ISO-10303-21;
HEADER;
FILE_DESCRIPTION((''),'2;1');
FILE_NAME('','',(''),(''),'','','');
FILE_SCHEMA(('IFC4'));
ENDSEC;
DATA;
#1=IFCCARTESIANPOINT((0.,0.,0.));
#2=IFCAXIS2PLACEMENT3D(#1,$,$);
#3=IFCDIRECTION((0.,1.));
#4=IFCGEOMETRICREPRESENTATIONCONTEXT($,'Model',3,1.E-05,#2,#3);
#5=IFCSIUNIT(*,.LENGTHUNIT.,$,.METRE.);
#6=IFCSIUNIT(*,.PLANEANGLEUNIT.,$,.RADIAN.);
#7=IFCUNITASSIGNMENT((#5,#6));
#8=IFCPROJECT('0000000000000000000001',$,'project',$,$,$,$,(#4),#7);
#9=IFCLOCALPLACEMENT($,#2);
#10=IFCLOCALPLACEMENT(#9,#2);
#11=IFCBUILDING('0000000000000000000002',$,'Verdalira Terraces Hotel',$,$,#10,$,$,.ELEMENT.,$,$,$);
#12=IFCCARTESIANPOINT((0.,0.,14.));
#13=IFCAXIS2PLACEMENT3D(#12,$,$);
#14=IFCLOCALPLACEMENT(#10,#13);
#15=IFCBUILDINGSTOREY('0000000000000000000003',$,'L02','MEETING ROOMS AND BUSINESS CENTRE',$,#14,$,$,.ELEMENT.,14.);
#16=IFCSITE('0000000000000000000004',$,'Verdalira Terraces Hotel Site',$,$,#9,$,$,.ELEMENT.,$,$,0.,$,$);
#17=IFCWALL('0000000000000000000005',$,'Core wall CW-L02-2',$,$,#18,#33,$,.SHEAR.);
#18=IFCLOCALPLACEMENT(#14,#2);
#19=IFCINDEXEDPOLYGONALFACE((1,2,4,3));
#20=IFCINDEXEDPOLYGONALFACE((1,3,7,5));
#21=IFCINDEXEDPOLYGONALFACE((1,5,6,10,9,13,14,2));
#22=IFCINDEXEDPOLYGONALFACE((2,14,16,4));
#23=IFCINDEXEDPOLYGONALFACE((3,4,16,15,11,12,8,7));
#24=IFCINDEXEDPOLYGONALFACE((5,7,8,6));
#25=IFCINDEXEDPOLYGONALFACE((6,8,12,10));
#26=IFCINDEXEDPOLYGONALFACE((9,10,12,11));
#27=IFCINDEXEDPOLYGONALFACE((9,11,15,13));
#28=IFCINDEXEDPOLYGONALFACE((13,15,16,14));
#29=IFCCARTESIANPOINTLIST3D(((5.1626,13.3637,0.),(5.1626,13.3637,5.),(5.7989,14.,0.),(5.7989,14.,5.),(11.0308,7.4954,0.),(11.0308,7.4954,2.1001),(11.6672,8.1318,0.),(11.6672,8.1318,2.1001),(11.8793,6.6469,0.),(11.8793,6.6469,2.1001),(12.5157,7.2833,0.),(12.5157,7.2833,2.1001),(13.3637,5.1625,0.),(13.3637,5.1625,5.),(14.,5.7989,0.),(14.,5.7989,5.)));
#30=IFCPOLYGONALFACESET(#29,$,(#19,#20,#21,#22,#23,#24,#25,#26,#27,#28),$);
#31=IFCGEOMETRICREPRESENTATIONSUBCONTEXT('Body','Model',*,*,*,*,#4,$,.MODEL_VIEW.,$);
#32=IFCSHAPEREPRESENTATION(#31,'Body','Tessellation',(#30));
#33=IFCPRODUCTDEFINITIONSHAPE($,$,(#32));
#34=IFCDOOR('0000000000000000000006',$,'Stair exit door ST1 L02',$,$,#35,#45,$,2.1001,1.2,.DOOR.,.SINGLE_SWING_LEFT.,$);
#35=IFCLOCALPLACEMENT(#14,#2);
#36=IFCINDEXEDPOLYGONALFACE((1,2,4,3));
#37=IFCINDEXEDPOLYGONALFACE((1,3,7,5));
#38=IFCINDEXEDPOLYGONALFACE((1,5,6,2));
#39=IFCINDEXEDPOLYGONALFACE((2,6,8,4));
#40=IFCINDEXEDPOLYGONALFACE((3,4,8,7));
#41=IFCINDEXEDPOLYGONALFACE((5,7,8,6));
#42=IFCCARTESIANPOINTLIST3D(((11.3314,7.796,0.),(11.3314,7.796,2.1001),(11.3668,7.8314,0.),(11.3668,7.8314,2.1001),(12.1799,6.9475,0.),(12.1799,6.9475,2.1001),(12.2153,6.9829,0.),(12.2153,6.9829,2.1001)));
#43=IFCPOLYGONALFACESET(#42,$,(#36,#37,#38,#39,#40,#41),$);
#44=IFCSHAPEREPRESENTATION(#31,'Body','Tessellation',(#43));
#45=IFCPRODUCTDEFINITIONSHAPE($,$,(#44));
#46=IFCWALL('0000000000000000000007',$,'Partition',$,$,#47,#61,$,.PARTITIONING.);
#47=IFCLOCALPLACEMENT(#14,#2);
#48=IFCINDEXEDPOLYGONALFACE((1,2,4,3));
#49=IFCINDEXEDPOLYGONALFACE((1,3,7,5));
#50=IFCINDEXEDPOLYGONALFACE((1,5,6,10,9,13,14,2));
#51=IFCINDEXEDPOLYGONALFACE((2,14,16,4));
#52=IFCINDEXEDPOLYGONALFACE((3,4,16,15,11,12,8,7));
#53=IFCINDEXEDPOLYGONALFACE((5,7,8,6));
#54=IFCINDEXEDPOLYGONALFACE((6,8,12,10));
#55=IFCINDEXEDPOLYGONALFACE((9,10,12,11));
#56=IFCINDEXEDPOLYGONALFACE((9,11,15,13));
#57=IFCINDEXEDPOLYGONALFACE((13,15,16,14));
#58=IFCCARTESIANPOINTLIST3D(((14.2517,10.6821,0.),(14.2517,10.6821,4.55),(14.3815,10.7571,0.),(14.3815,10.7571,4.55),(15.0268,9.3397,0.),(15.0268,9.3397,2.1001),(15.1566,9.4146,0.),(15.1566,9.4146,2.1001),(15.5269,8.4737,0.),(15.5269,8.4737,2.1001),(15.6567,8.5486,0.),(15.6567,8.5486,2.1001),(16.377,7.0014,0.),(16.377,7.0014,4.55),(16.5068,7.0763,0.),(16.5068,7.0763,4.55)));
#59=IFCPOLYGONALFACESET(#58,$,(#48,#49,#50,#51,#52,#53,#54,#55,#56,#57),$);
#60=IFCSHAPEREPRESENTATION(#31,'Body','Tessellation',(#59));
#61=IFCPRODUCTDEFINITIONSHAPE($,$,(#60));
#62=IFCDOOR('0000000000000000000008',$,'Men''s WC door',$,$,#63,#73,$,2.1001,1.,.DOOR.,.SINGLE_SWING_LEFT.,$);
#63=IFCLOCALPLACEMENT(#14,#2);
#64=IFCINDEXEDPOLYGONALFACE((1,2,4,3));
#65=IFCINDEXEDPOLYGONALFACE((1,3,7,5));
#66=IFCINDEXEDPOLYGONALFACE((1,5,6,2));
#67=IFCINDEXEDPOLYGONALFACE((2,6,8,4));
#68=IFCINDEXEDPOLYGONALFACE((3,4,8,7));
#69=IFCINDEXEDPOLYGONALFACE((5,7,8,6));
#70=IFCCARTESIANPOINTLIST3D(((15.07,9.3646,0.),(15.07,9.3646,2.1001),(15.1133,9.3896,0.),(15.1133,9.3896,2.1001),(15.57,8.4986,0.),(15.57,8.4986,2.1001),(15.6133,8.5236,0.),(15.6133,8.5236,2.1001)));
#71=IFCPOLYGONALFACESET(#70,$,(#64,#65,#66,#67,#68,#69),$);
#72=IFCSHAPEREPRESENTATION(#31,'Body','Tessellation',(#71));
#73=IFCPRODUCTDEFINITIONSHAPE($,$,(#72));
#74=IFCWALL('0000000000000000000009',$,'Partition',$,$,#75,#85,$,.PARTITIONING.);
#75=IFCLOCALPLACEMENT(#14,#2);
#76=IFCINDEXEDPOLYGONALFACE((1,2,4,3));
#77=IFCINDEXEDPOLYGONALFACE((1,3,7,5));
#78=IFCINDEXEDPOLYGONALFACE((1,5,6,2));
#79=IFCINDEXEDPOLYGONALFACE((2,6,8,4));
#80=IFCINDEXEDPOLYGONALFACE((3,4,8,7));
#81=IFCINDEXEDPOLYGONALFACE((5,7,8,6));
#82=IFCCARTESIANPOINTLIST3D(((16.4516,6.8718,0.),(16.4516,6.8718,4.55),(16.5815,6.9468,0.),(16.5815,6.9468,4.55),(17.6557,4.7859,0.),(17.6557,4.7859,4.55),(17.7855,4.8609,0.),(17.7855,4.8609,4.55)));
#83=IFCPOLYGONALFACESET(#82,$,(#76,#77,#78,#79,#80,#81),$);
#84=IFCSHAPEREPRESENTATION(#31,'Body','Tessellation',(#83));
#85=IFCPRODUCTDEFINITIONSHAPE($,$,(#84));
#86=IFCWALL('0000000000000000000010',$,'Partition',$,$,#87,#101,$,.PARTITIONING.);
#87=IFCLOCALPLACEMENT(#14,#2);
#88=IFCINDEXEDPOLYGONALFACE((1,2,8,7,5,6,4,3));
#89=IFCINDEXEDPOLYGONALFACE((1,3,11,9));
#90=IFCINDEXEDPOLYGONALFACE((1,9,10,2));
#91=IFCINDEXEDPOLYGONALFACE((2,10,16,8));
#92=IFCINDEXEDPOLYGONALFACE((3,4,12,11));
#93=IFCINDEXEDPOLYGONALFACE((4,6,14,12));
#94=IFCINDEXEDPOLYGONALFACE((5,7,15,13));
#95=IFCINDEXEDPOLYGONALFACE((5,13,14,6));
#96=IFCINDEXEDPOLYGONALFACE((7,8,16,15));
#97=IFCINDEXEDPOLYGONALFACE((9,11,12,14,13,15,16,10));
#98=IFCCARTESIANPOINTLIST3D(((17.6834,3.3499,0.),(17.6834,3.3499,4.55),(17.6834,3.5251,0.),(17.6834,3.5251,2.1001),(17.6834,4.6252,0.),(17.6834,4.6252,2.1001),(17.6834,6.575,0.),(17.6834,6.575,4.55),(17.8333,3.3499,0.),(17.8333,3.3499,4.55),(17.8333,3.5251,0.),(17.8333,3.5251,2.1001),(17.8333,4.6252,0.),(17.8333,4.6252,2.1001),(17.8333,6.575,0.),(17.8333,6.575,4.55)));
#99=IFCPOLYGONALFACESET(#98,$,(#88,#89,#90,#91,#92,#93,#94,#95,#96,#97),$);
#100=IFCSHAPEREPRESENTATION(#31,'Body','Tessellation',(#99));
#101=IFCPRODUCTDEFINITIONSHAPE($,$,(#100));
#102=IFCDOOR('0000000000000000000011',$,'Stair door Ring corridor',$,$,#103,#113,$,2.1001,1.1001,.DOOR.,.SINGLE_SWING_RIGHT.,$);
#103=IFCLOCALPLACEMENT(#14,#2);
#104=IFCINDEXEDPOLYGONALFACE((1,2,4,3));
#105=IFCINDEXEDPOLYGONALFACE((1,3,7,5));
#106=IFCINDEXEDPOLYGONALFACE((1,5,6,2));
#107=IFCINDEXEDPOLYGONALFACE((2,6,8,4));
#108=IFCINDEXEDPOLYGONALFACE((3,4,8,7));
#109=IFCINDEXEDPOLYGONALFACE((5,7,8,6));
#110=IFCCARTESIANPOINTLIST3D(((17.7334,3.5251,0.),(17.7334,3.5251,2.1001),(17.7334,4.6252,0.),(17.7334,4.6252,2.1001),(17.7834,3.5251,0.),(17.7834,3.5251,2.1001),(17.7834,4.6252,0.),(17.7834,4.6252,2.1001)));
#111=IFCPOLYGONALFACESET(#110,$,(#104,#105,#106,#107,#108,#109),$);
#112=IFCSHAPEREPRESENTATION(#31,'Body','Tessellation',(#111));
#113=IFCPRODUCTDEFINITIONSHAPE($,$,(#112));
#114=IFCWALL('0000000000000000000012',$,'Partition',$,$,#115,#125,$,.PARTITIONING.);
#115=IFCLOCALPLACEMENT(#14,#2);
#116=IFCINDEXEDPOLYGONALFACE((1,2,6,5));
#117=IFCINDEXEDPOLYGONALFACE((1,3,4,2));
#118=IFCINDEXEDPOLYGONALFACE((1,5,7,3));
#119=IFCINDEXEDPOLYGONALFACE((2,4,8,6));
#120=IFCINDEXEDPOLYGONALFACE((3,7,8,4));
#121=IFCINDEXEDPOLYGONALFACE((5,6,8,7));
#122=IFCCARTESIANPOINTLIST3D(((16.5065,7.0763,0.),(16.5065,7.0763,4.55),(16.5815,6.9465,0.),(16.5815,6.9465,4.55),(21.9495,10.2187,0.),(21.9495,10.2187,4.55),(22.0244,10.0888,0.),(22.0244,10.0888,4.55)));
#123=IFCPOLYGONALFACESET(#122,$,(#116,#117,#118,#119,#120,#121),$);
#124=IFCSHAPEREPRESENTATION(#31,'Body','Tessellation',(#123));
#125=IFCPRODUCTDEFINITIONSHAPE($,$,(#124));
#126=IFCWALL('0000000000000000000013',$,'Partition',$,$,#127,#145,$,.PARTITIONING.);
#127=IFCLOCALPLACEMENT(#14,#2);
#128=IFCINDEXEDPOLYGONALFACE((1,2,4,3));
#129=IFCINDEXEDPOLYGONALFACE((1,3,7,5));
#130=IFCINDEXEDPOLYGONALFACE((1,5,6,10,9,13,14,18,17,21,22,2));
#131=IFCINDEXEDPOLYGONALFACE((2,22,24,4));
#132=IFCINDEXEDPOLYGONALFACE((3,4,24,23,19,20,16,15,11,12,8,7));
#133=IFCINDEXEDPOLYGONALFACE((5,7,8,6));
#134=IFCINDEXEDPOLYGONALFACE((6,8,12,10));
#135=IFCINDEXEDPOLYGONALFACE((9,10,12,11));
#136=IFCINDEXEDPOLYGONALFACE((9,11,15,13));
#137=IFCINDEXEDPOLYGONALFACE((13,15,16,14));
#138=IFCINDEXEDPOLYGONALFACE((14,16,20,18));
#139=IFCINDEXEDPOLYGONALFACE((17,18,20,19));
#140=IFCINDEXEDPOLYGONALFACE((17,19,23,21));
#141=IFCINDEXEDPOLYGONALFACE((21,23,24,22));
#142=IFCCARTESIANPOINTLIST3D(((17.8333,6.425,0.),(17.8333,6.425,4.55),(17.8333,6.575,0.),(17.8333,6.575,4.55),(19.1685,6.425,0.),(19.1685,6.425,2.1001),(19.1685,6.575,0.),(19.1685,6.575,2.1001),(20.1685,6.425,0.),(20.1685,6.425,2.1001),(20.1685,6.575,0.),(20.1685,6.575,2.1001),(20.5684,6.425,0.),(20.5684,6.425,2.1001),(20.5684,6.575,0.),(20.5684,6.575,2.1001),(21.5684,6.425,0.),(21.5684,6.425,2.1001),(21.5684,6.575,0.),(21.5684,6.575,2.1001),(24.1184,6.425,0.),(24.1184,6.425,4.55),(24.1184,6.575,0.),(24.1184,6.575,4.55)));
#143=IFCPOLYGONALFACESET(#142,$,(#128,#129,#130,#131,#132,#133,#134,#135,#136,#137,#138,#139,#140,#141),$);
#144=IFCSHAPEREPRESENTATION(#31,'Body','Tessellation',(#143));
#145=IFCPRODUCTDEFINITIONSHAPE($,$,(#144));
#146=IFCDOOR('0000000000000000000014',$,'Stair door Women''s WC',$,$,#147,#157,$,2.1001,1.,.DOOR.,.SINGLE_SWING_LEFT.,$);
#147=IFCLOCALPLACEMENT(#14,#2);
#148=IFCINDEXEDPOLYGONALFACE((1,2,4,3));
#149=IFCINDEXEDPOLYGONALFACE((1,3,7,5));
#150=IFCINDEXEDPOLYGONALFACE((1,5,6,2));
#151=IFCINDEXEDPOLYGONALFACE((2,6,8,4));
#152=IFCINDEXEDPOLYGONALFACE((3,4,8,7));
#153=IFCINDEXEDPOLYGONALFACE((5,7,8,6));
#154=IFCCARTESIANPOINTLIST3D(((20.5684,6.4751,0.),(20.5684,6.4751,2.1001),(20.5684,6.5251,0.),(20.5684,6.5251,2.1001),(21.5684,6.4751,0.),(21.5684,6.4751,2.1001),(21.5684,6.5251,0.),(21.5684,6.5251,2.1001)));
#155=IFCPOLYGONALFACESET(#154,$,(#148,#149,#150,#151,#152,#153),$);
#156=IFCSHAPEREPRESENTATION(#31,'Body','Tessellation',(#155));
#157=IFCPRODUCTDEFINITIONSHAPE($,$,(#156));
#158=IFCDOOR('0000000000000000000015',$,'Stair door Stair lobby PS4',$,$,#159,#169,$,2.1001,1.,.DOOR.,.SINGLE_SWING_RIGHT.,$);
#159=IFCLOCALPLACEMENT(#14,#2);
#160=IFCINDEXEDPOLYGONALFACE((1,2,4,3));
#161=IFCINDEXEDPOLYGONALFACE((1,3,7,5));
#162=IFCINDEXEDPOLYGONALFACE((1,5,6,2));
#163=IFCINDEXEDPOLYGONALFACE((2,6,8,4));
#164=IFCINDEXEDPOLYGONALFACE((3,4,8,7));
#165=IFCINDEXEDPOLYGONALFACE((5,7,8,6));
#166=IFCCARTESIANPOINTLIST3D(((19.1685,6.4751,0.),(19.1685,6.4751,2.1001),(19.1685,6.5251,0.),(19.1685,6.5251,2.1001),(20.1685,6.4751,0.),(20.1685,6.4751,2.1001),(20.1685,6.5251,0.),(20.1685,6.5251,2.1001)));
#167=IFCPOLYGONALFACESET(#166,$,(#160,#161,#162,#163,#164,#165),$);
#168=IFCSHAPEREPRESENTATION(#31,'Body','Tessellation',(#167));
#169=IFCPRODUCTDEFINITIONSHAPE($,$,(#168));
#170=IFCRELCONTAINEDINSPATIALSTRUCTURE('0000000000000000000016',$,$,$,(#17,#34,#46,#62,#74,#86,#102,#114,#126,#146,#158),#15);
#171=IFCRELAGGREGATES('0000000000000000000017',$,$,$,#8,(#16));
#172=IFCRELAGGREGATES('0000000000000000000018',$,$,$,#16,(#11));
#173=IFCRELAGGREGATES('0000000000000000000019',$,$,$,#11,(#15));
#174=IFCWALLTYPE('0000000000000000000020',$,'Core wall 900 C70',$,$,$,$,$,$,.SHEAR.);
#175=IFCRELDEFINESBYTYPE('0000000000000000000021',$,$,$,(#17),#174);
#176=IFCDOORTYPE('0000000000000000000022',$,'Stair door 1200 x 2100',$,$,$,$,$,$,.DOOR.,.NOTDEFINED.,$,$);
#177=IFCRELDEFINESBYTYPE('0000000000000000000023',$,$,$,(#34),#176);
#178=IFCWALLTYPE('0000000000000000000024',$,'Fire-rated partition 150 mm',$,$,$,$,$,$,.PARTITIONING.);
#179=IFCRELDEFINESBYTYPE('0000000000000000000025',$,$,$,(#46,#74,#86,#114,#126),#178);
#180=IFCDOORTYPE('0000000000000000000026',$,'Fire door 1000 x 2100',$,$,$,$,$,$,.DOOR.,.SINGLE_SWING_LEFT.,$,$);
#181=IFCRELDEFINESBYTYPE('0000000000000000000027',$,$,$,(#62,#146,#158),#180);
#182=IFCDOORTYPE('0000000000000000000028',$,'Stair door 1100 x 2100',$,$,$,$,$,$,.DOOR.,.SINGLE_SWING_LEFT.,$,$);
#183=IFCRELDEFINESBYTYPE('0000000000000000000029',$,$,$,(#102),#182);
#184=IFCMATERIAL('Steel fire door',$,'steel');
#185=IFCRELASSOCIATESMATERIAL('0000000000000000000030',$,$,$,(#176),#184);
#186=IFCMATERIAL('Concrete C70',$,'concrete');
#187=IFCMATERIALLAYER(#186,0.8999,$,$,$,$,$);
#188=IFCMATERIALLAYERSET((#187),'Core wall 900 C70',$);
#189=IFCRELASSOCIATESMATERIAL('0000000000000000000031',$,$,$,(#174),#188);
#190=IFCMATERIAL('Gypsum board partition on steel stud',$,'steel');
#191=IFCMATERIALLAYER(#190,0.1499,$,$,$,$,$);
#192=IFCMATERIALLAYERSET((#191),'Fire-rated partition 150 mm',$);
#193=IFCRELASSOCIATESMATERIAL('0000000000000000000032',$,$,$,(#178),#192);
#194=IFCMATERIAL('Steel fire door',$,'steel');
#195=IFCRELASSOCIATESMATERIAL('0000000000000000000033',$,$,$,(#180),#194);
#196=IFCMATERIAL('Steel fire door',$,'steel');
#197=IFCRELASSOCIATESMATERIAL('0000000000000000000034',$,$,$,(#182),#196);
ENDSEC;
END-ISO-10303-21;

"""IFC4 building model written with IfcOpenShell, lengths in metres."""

from ifc_helpers import new_model, si_unit, direction, frame, frame_2d, origin, place, context, subcontext, project, spatial, rectangle, extrude, material, layer, layer_set, type_object, element, fill, save


model = new_model("IFC4")

# Units and contexts
model_context = context("Model", 3, precision=1e-05, world=origin(), true_north=direction((0.0, 1.0)))
body_context = subcontext(model_context, "Body", "Model", "MODEL_VIEW")
ifc_project = project(units=[si_unit("LENGTHUNIT", "METRE"), si_unit("PLANEANGLEUNIT", "RADIAN")], contexts=[model_context])

# Site, building, storey
site_placement = place(None, origin())
site = spatial("IfcSite", under=ifc_project, at=site_placement, Name="Verdalira Terraces Hotel Site", CompositionType="ELEMENT", RefElevation=0.0)
building_placement = place(site_placement, origin())
building = spatial("IfcBuilding", under=site, at=building_placement, Name="Verdalira Terraces Hotel", CompositionType="ELEMENT")
storey_placement = place(building_placement, frame((0.0, 0.0, 14.0)))
storey = spatial("IfcBuildingStorey", under=building, at=storey_placement, Name="L02", Description="MEETING ROOMS AND BUSINESS CENTRE", CompositionType="ELEMENT", Elevation=14.0)

# Shared definitions
ifc_material_1 = material(Name="Steel fire door", Category="steel")
door_type_1 = type_object("IfcDoorType", Name="Stair door 1200 x 2100", OperationType="NOTDEFINED", PredefinedType="DOOR", material=ifc_material_1)

# Walls, openings, doors
ifc_material_2 = material(Name="Concrete C70", Category="concrete")
ifc_layer_1 = layer(ifc_material_2, 0.8999)
ifc_layer_set_1 = layer_set([ifc_layer_1], Name="Core wall 900 C70")
wall_type_1 = type_object("IfcWallType", Name="Core wall 900 C70", PredefinedType="SHEAR", material=ifc_layer_set_1)
wall_1_placement = place(storey_placement, frame((13.6819, 5.4807, 0.0), z_axis=(0.0, 0.0, 1.0), x_axis=(-0.707107, 0.707107, 0.0)))
wall_1 = element("IfcWall", 1, at=wall_1_placement, inside=storey, type_object=wall_type_1, Name="Core wall CW-L02-2", PredefinedType="SHEAR", context=body_context, shape_type="SweptSolid", body=[
    extrude(rectangle(XDim=11.5981, YDim=0.8999, at=frame_2d((5.7991, 0.0))), origin(), (0.0, 0.0, 1.0), 5.0),
])
opening_1_placement = place(wall_1_placement, frame((2.0991, 0.0, 0.0)))
opening_1 = element("IfcOpeningElement", 2, at=opening_1_placement, cuts=wall_1, PredefinedType="OPENING", context=body_context, shape_type="SweptSolid", body=[
    extrude(rectangle(XDim=1.2, YDim=2.1001, at=frame_2d((0.6001, 1.05))), frame((0.0, 0.46, 0.0), z_axis=(0.0, -1.0, 0.0), x_axis=(1.0, 0.0, 0.0)), (0.0, 0.0, 1.0), 0.9199),
])
door_1_placement = place(opening_1_placement, origin())
door_1 = element("IfcDoor", 3, at=door_1_placement, inside=storey, type_object=door_type_1, Name="Stair exit door ST1 L02", OperationType="SINGLE_SWING_LEFT", OverallHeight=2.1001, OverallWidth=1.2, PredefinedType="DOOR", context=body_context, shape_type="SweptSolid", body=[
    extrude(rectangle(XDim=1.2, YDim=2.1001, at=frame_2d((0.6001, 1.05))), frame((0.0, 0.0249, 0.0), z_axis=(0.0, -1.0, 0.0), x_axis=(1.0, 0.0, 0.0)), (0.0, 0.0, 1.0), 0.05),
])
fill(opening_1, door_1)
ifc_material_3 = material(Name="Gypsum board partition on steel stud", Category="steel")
ifc_layer_2 = layer(ifc_material_3, 0.1499)
ifc_layer_set_2 = layer_set([ifc_layer_2], Name="Fire-rated partition 150 mm")
wall_type_2 = type_object("IfcWallType", Name="Fire-rated partition 150 mm", PredefinedType="PARTITIONING", material=ifc_layer_set_2)
wall_2_placement = place(storey_placement, frame((14.3166, 10.7195, 0.0), z_axis=(0.0, 0.0, 1.0), x_axis=(0.500037, -0.866004, 0.0)))
wall_2 = element("IfcWall", 4, at=wall_2_placement, inside=storey, type_object=wall_type_2, Name="Partition", PredefinedType="PARTITIONING", context=body_context, shape_type="SweptSolid", body=[
    extrude(rectangle(XDim=4.2502, YDim=0.1499, at=frame_2d((2.125, 0.0))), origin(), (0.0, 0.0, 1.0), 4.55),
])
opening_2_placement = place(wall_2_placement, frame((1.55, 0.0, 0.0)))
opening_2 = element("IfcOpeningElement", 5, at=opening_2_placement, cuts=wall_2, PredefinedType="OPENING", context=body_context, shape_type="SweptSolid", body=[
    extrude(rectangle(XDim=1.0, YDim=2.1001, at=frame_2d((0.5, 1.05))), frame((0.0, 0.085, 0.0), z_axis=(0.0, -1.0, 0.0), x_axis=(1.0, 0.0, 0.0)), (0.0, 0.0, 1.0), 0.1699),
])
ifc_material_4 = material(Name="Steel fire door", Category="steel")
door_type_2 = type_object("IfcDoorType", Name="Fire door 1000 x 2100", OperationType="SINGLE_SWING_LEFT", PredefinedType="DOOR", material=ifc_material_4)
door_2_placement = place(opening_2_placement, origin())
door_2 = element("IfcDoor", 6, at=door_2_placement, inside=storey, type_object=door_type_2, Name="Men's WC door", OperationType="SINGLE_SWING_LEFT", OverallHeight=2.1001, OverallWidth=1.0, PredefinedType="DOOR", context=body_context, shape_type="SweptSolid", body=[
    extrude(rectangle(XDim=1.0, YDim=2.1001, at=frame_2d((0.5, 1.05))), frame((0.0, 0.0249, 0.0), z_axis=(0.0, -1.0, 0.0), x_axis=(1.0, 0.0, 0.0)), (0.0, 0.0, 1.0), 0.05),
])
fill(opening_2, door_2)

# Wall
wall_3_placement = place(storey_placement, frame((16.5166, 6.9092, 0.0), z_axis=(0.0, 0.0, 1.0), x_axis=(0.499933, -0.866064, 0.0)))
element("IfcWall", 7, at=wall_3_placement, inside=storey, type_object=wall_type_2, Name="Partition", PredefinedType="PARTITIONING", context=body_context, shape_type="SweptSolid", body=[
    extrude(rectangle(XDim=2.4084, YDim=0.1499, at=frame_2d((1.2041, 0.0))), origin(), (0.0, 0.0, 1.0), 4.55),
])

# Wall, opening, door
wall_4_placement = place(storey_placement, frame((17.7583, 3.3499, 0.0), z_axis=(0.0, 0.0, 1.0), x_axis=(0.0, 1.0, 0.0)))
wall_4 = element("IfcWall", 8, at=wall_4_placement, inside=storey, type_object=wall_type_2, Name="Partition", PredefinedType="PARTITIONING", context=body_context, shape_type="SweptSolid", body=[
    extrude(rectangle(XDim=3.2251, YDim=0.1499, at=frame_2d((1.6125, 0.0))), origin(), (0.0, 0.0, 1.0), 4.55),
])
opening_3_placement = place(wall_4_placement, frame((0.1753, 0.0, 0.0)))
opening_3 = element("IfcOpeningElement", 9, at=opening_3_placement, cuts=wall_4, PredefinedType="OPENING", context=body_context, shape_type="SweptSolid", body=[
    extrude(rectangle(XDim=1.1001, YDim=2.1001, at=frame_2d((0.55, 1.05))), frame((0.0, 0.085, 0.0), z_axis=(0.0, -1.0, 0.0), x_axis=(1.0, 0.0, 0.0)), (0.0, 0.0, 1.0), 0.1699),
])
ifc_material_5 = material(Name="Steel fire door", Category="steel")
door_type_3 = type_object("IfcDoorType", Name="Stair door 1100 x 2100", OperationType="SINGLE_SWING_LEFT", PredefinedType="DOOR", material=ifc_material_5)
door_3_placement = place(opening_3_placement, origin())
door_3 = element("IfcDoor", 10, at=door_3_placement, inside=storey, type_object=door_type_3, Name="Stair door Ring corridor", OperationType="SINGLE_SWING_RIGHT", OverallHeight=2.1001, OverallWidth=1.1001, PredefinedType="DOOR", context=body_context, shape_type="SweptSolid", body=[
    extrude(rectangle(XDim=1.1001, YDim=2.1001, at=frame_2d((0.55, 1.05))), frame((0.0, 0.0249, 0.0), z_axis=(0.0, -1.0, 0.0), x_axis=(1.0, 0.0, 0.0)), (0.0, 0.0, 1.0), 0.05),
])
fill(opening_3, door_3)

# Wall
wall_5_placement = place(storey_placement, frame((21.9871, 10.1538, 0.0), z_axis=(0.0, 0.0, 1.0), x_axis=(-0.866033, -0.499987, 0.0)))
element("IfcWall", 11, at=wall_5_placement, inside=storey, type_object=wall_type_2, Name="Partition", PredefinedType="PARTITIONING", context=body_context, shape_type="SweptSolid", body=[
    extrude(rectangle(XDim=6.2849, YDim=0.1499, at=frame_2d((3.1426, 0.0))), origin(), (0.0, 0.0, 1.0), 4.55),
])

# Wall, openings, doors
wall_6_placement = place(storey_placement, frame((24.1184, 6.5, 0.0), z_axis=(0.0, 0.0, 1.0), x_axis=(-1.0, 0.0, 0.0)))
wall_6 = element("IfcWall", 12, at=wall_6_placement, inside=storey, type_object=wall_type_2, Name="Partition", PredefinedType="PARTITIONING", context=body_context, shape_type="SweptSolid", body=[
    extrude(rectangle(XDim=6.2852, YDim=0.1499, at=frame_2d((3.1426, 0.0))), origin(), (0.0, 0.0, 1.0), 4.55),
])
opening_4_placement = place(wall_6_placement, frame((2.55, 0.0, 0.0)))
opening_4 = element("IfcOpeningElement", 13, at=opening_4_placement, cuts=wall_6, PredefinedType="OPENING", context=body_context, shape_type="SweptSolid", body=[
    extrude(rectangle(XDim=1.0, YDim=2.1001, at=frame_2d((0.5, 1.05))), frame((0.0, 0.085, 0.0), z_axis=(0.0, -1.0, 0.0), x_axis=(1.0, 0.0, 0.0)), (0.0, 0.0, 1.0), 0.1699),
])
opening_5_placement = place(wall_6_placement, frame((3.95, 0.0, 0.0)))
opening_5 = element("IfcOpeningElement", 14, at=opening_5_placement, cuts=wall_6, PredefinedType="OPENING", context=body_context, shape_type="SweptSolid", body=[
    extrude(rectangle(XDim=1.0, YDim=2.1001, at=frame_2d((0.5, 1.05))), frame((0.0, 0.085, 0.0), z_axis=(0.0, -1.0, 0.0), x_axis=(1.0, 0.0, 0.0)), (0.0, 0.0, 1.0), 0.1699),
])
door_4_placement = place(opening_4_placement, origin())
door_4 = element("IfcDoor", 15, at=door_4_placement, inside=storey, type_object=door_type_2, Name="Stair door Women's WC", OperationType="SINGLE_SWING_LEFT", OverallHeight=2.1001, OverallWidth=1.0, PredefinedType="DOOR", context=body_context, shape_type="SweptSolid", body=[
    extrude(rectangle(XDim=1.0, YDim=2.1001, at=frame_2d((0.5, 1.05))), frame((0.0, 0.0249, 0.0), z_axis=(0.0, -1.0, 0.0), x_axis=(1.0, 0.0, 0.0)), (0.0, 0.0, 1.0), 0.05),
])
fill(opening_4, door_4)
door_5_placement = place(opening_5_placement, origin())
door_5 = element("IfcDoor", 16, at=door_5_placement, inside=storey, type_object=door_type_2, Name="Stair door Stair lobby PS4", OperationType="SINGLE_SWING_RIGHT", OverallHeight=2.1001, OverallWidth=1.0, PredefinedType="DOOR", context=body_context, shape_type="SweptSolid", body=[
    extrude(rectangle(XDim=1.0, YDim=2.1001, at=frame_2d((0.5, 1.05))), frame((0.0, 0.0249, 0.0), z_axis=(0.0, -1.0, 0.0), x_axis=(1.0, 0.0, 0.0)), (0.0, 0.0, 1.0), 0.05),
])
fill(opening_5, door_5)

save(model, "model.ifc")
